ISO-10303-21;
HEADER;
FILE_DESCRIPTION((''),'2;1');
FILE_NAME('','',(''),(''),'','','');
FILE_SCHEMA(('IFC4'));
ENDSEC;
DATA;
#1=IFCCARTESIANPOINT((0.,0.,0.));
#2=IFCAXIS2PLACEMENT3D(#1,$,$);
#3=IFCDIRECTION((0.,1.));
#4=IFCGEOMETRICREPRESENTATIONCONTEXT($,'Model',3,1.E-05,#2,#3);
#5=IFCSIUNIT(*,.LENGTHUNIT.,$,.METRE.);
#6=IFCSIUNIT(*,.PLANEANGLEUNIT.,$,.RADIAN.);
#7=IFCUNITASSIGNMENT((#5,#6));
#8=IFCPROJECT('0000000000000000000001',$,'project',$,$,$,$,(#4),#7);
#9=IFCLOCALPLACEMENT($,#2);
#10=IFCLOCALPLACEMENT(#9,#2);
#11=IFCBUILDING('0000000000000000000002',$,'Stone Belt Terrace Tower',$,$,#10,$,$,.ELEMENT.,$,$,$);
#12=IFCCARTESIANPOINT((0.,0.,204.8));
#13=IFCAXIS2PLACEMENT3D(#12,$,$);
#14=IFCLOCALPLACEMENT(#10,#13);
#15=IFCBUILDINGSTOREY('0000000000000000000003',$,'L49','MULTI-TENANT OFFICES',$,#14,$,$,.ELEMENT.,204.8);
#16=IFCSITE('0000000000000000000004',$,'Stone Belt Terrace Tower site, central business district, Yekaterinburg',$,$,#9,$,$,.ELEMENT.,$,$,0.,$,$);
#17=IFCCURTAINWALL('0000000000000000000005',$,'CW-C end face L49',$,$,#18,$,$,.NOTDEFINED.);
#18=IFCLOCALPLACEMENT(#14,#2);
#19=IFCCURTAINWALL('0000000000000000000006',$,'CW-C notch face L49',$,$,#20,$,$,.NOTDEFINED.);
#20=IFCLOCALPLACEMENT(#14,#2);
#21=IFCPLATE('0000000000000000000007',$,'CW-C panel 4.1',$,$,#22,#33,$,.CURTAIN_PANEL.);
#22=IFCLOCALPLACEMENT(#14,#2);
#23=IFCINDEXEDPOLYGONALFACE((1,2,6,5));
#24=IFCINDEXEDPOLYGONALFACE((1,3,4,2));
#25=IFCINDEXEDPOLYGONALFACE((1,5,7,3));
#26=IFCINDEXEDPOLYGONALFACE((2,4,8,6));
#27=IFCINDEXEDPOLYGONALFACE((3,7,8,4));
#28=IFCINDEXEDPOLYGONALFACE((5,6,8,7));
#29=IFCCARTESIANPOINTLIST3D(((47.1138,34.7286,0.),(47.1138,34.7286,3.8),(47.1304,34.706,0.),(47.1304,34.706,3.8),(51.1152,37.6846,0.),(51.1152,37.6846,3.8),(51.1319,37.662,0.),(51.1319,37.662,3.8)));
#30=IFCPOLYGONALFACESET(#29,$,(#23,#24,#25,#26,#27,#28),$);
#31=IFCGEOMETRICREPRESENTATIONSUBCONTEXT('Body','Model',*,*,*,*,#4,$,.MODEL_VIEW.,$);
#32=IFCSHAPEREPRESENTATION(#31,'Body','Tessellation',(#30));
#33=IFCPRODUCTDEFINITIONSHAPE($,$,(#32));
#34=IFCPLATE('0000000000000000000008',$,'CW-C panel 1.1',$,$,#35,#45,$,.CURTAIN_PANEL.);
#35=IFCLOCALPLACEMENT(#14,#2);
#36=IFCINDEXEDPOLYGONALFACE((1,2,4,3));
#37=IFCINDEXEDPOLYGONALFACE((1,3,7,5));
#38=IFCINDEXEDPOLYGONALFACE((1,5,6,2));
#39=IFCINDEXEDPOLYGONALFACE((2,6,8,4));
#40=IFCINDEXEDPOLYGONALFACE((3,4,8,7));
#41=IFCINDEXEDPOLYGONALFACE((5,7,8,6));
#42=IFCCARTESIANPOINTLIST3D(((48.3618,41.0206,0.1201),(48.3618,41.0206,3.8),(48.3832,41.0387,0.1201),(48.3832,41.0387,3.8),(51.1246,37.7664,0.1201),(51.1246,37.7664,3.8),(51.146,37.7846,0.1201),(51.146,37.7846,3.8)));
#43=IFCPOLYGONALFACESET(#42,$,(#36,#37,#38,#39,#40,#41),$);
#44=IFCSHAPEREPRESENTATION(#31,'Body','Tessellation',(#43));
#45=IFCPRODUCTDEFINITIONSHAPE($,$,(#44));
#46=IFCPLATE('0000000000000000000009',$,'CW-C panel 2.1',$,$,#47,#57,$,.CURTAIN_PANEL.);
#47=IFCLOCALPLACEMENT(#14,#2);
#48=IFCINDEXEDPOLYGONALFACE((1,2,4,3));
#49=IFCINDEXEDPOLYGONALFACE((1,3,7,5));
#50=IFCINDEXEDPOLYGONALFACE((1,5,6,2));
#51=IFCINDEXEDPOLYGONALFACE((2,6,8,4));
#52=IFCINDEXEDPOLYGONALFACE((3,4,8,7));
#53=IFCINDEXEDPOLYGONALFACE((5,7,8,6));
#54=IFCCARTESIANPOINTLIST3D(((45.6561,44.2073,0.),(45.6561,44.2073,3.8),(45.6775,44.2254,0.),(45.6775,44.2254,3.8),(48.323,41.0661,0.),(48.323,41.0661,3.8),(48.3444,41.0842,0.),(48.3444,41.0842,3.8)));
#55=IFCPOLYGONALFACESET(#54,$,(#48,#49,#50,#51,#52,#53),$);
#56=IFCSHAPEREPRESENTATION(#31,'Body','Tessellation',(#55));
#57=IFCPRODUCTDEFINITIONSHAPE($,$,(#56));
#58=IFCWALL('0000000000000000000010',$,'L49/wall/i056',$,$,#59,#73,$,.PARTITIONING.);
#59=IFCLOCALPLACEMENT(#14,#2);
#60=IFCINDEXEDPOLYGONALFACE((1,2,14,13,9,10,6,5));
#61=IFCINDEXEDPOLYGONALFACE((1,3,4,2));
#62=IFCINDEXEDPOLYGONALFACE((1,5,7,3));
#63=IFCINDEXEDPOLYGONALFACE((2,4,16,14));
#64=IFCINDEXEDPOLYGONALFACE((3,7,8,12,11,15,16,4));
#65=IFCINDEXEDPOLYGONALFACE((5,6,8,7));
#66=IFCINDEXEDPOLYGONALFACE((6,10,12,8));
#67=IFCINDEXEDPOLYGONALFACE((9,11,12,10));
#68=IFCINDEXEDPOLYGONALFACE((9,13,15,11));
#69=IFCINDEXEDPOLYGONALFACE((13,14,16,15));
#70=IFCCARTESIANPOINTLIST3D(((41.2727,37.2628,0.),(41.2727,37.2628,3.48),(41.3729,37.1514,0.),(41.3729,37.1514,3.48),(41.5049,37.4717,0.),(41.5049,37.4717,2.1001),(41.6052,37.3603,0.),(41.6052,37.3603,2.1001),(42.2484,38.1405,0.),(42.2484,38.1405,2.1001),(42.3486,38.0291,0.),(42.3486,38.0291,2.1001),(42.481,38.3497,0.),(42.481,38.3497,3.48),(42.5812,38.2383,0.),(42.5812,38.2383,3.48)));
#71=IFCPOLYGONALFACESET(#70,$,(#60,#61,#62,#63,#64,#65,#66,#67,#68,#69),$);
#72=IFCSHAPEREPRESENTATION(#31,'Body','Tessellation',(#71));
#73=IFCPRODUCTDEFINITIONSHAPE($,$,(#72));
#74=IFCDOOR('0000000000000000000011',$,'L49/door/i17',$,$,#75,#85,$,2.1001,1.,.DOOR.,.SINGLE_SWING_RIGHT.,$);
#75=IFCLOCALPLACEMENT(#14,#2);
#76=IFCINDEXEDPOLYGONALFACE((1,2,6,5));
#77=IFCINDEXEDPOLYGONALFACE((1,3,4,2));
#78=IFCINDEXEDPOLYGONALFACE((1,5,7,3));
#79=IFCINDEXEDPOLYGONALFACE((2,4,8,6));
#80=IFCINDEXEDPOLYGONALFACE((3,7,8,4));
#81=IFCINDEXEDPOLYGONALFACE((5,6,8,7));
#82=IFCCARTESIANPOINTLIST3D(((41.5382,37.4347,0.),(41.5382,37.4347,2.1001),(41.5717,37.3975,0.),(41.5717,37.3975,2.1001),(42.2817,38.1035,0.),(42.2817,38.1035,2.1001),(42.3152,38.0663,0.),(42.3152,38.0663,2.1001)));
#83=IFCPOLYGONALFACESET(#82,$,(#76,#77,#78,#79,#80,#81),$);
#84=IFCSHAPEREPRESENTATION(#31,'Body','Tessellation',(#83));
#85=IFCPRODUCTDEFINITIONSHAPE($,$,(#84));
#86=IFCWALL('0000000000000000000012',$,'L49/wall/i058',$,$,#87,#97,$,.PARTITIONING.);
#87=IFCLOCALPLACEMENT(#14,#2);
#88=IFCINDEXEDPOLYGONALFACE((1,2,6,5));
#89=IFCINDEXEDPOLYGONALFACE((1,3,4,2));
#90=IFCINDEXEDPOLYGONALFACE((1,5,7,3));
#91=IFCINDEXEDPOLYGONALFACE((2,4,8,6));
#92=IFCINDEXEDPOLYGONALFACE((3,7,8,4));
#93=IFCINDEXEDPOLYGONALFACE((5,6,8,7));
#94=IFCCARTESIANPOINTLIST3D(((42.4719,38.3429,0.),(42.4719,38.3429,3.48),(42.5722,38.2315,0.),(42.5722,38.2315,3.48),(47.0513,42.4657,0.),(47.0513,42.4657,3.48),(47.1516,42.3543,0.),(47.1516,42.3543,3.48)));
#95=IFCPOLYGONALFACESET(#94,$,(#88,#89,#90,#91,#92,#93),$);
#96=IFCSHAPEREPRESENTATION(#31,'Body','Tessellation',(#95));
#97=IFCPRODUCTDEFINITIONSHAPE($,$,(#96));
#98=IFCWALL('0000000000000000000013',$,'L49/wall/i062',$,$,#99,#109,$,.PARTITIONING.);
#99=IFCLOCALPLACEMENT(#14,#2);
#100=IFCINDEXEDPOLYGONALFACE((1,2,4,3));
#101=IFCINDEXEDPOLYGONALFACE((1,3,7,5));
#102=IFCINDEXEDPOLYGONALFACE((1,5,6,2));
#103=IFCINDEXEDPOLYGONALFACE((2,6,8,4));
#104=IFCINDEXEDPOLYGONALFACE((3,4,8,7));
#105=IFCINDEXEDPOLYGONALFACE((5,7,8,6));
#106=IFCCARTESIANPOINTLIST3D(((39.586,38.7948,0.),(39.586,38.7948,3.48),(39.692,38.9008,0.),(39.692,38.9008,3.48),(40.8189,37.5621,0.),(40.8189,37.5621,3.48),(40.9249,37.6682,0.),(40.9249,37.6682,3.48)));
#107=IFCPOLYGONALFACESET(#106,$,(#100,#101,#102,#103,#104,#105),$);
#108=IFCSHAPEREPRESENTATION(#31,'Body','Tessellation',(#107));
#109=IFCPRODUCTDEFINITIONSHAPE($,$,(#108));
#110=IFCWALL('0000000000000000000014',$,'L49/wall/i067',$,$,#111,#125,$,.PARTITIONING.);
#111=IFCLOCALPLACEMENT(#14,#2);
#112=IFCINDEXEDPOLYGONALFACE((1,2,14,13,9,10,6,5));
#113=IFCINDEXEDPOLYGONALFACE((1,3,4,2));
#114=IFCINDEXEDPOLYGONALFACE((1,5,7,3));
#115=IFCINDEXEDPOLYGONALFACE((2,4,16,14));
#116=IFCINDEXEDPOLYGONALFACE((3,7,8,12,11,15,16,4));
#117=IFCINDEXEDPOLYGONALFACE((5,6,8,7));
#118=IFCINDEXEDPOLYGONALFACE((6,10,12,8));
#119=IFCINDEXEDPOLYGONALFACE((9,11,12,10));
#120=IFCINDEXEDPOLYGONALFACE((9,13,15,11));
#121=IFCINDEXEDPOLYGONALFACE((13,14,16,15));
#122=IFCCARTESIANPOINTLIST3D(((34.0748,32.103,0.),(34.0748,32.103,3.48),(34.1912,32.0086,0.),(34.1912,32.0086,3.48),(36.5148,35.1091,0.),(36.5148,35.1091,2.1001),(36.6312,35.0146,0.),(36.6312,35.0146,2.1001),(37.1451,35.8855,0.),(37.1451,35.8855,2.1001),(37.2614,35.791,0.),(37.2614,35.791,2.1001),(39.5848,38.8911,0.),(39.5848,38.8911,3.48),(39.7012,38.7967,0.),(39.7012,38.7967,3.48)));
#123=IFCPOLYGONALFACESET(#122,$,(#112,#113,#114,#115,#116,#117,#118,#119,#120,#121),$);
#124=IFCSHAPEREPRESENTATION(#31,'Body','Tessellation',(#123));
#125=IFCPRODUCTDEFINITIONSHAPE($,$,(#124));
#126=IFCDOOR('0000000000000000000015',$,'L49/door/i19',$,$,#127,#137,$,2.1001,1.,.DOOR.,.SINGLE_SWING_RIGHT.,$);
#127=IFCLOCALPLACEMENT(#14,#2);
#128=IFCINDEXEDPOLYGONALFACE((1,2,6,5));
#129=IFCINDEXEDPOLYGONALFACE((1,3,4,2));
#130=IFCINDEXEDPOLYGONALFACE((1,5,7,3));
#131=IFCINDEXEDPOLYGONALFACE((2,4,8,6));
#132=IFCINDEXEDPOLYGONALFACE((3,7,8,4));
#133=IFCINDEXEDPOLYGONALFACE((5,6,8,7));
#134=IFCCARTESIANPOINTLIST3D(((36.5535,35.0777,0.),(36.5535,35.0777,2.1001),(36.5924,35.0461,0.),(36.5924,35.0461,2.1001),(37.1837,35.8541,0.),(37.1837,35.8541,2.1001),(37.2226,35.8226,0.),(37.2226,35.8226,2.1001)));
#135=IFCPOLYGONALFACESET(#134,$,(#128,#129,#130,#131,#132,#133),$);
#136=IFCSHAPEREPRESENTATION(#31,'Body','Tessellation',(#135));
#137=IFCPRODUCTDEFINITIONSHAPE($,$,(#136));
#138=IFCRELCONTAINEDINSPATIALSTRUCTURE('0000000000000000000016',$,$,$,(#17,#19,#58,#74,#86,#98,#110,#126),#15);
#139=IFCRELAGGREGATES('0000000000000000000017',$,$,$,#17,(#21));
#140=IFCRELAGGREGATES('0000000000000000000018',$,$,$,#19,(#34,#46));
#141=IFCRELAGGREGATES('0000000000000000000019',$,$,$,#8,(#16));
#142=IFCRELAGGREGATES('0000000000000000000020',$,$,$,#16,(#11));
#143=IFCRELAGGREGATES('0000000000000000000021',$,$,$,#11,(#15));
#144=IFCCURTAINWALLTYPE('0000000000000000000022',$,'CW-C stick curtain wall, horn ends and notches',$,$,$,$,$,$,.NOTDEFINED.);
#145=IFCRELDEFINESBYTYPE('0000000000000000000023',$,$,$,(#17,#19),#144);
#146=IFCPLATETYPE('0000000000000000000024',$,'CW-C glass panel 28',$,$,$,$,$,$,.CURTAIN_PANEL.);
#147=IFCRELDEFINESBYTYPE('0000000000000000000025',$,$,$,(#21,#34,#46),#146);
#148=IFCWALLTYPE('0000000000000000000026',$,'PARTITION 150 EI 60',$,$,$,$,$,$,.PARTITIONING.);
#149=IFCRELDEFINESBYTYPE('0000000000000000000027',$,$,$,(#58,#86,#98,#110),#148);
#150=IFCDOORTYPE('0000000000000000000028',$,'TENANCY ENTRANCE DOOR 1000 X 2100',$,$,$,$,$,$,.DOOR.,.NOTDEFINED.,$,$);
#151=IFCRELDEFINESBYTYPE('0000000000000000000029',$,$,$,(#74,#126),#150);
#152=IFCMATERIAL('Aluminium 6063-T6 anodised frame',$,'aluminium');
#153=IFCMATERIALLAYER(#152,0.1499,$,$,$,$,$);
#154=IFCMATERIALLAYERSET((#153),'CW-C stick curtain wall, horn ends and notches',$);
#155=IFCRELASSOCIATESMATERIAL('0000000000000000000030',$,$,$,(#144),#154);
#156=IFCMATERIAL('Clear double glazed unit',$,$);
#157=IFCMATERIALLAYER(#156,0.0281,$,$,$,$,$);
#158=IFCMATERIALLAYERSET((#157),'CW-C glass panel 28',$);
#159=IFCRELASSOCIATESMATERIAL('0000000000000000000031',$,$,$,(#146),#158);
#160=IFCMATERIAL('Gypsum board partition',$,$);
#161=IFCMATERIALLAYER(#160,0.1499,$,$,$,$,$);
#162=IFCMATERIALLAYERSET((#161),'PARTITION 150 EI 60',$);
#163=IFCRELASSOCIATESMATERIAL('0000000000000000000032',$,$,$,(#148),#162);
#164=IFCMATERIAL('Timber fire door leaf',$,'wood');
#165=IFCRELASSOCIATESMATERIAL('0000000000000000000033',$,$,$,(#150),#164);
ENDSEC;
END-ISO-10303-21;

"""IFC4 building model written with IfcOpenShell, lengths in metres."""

from ifc_helpers import new_model, si_unit, direction, frame, frame_2d, origin, origin_2d, place, context, subcontext, project, spatial, rectangle, extrude, material, layer, layer_set, type_object, element, fill, aggregate, save


model = new_model("IFC4")

# Units and contexts
model_context = context("Model", 3, precision=1e-05, world=origin(), true_north=direction((0.0, 1.0)))
body_context = subcontext(model_context, "Body", "Model", "MODEL_VIEW")
ifc_project = project(units=[si_unit("LENGTHUNIT", "METRE"), si_unit("PLANEANGLEUNIT", "RADIAN")], contexts=[model_context])

# Site, building, storey
site_placement = place(None, origin())
site = spatial("IfcSite", under=ifc_project, at=site_placement, Name="Stone Belt Terrace Tower site, central business district, Yekaterinburg", CompositionType="ELEMENT", RefElevation=0.0)
building_placement = place(site_placement, origin())
building = spatial("IfcBuilding", under=site, at=building_placement, Name="Stone Belt Terrace Tower", CompositionType="ELEMENT")
storey_placement = place(building_placement, frame((0.0, 0.0, 204.8)))
storey = spatial("IfcBuildingStorey", under=building, at=storey_placement, Name="L49", Description="MULTI-TENANT OFFICES", CompositionType="ELEMENT", Elevation=204.8)

# Curtain walls
ifc_material_1 = material(Name="Aluminium 6063-T6 anodised frame", Category="aluminium")
ifc_layer_1 = layer(ifc_material_1, 0.1499)
ifc_layer_set_1 = layer_set([ifc_layer_1], Name="CW-C stick curtain wall, horn ends and notches")
curtain_wall_type = type_object("IfcCurtainWallType", Name="CW-C stick curtain wall, horn ends and notches", PredefinedType="NOTDEFINED", material=ifc_layer_set_1)
curtain_wall_1_placement = place(storey_placement, origin())
curtain_wall_1 = element("IfcCurtainWall", 1, at=curtain_wall_1_placement, inside=storey, type_object=curtain_wall_type, Name="CW-C end face L49", PredefinedType="NOTDEFINED")
curtain_wall_2_placement = place(storey_placement, origin())
curtain_wall_2 = element("IfcCurtainWall", 2, at=curtain_wall_2_placement, inside=storey, type_object=curtain_wall_type, Name="CW-C notch face L49", PredefinedType="NOTDEFINED")

# Plates
ifc_material_2 = material(Name="Clear double glazed unit")
ifc_layer_2 = layer(ifc_material_2, 0.0281)
ifc_layer_set_2 = layer_set([ifc_layer_2], Name="CW-C glass panel 28")
plate_type = type_object("IfcPlateType", Name="CW-C glass panel 28", PredefinedType="CURTAIN_PANEL", material=ifc_layer_set_2)
plate_1_placement = place(storey_placement, frame((49.1228, 36.1953, 0.0), z_axis=(0.0, 0.0, 1.0), x_axis=(0.804329, 0.594184, 0.0)))
plate_1 = element("IfcPlate", 3, at=plate_1_placement, type_object=plate_type, Name="CW-C panel 4.1", PredefinedType="CURTAIN_PANEL", context=body_context, shape_type="SweptSolid", body=[
    extrude(rectangle(XDim=4.9749, YDim=0.0281, at=origin_2d()), origin(), (0.0, 0.0, 1.0), 3.8),
])
aggregate(curtain_wall_1, [plate_1])
plate_2_placement = place(storey_placement, frame((49.7539, 39.4026, 0.1201), z_axis=(0.0, 0.0, 1.0), x_axis=(-0.647211, 0.762311, 0.0)))
plate_2 = element("IfcPlate", 4, at=plate_2_placement, type_object=plate_type, Name="CW-C panel 1.1", PredefinedType="CURTAIN_PANEL", context=body_context, shape_type="SweptSolid", body=[
    extrude(rectangle(XDim=4.2688, YDim=0.0281, at=origin_2d()), origin(), (0.0, 0.0, 1.0), 3.6799),
])
plate_3_placement = place(storey_placement, frame((47.0002, 42.6458, 0.0), z_axis=(0.0, 0.0, 1.0), x_axis=(-0.647211, 0.762311, 0.0)))
plate_3 = element("IfcPlate", 5, at=plate_3_placement, type_object=plate_type, Name="CW-C panel 2.1", PredefinedType="CURTAIN_PANEL", context=body_context, shape_type="SweptSolid", body=[
    extrude(rectangle(XDim=4.1206, YDim=0.0281, at=origin_2d()), origin(), (0.0, 0.0, 1.0), 3.8),
])
aggregate(curtain_wall_2, [plate_2, plate_3])

# Wall, opening, door
ifc_material_3 = material(Name="Gypsum board partition")
ifc_layer_3 = layer(ifc_material_3, 0.1499)
ifc_layer_set_3 = layer_set([ifc_layer_3], Name="PARTITION 150 EI 60")
wall_type = type_object("IfcWallType", Name="PARTITION 150 EI 60", PredefinedType="PARTITIONING", material=ifc_layer_set_3)
wall_1_placement = place(storey_placement, frame((42.531, 38.2939, 0.0), z_axis=(0.0, 0.0, 1.0), x_axis=(-0.743451, -0.66879, 0.0)))
wall_1 = element("IfcWall", 6, at=wall_1_placement, inside=storey, type_object=wall_type, Name="L49/wall/i056", PredefinedType="PARTITIONING", context=body_context, shape_type="SweptSolid", body=[
    extrude(rectangle(XDim=1.6252, YDim=0.1499, at=frame_2d((0.8125, 0.0))), origin(), (0.0, 0.0, 1.0), 3.48),
])
opening_1_placement = place(wall_1_placement, frame((0.3127, 0.0, 0.0)))
opening_1 = element("IfcOpeningElement", 7, at=opening_1_placement, cuts=wall_1, PredefinedType="OPENING", context=body_context, shape_type="SweptSolid", body=[
    extrude(rectangle(XDim=1.0, YDim=2.1001, at=frame_2d((0.5, 1.05))), frame((0.0, 0.085, 0.0), z_axis=(0.0, -1.0, 0.0), x_axis=(1.0, 0.0, 0.0)), (0.0, 0.0, 1.0), 0.1699),
])
ifc_material_4 = material(Name="Timber fire door leaf", Category="wood")
door_type = type_object("IfcDoorType", Name="TENANCY ENTRANCE DOOR 1000 X 2100", OperationType="NOTDEFINED", PredefinedType="DOOR", material=ifc_material_4)
door_1_placement = place(opening_1_placement, origin())
door_1 = element("IfcDoor", 8, at=door_1_placement, inside=storey, type_object=door_type, Name="L49/door/i17", OperationType="SINGLE_SWING_RIGHT", OverallHeight=2.1001, OverallWidth=1.0, PredefinedType="DOOR", context=body_context, shape_type="SweptSolid", body=[
    extrude(rectangle(XDim=1.0, YDim=2.1001, at=frame_2d((0.5, 1.05))), frame((0.0, 0.0249, 0.0), z_axis=(0.0, -1.0, 0.0), x_axis=(1.0, 0.0, 0.0)), (0.0, 0.0, 1.0), 0.05),
])
fill(opening_1, door_1)

# Walls
wall_2_placement = place(storey_placement, frame((42.522, 38.2871, 0.0), z_axis=(0.0, 0.0, 1.0), x_axis=(0.743182, 0.669089, 0.0)))
element("IfcWall", 9, at=wall_2_placement, inside=storey, type_object=wall_type, Name="L49/wall/i058", PredefinedType="PARTITIONING", context=body_context, shape_type="SweptSolid", body=[
    extrude(rectangle(XDim=6.1619, YDim=0.1499, at=frame_2d((3.0811, 0.0))), origin(), (0.0, 0.0, 1.0), 3.48),
])
wall_3_placement = place(storey_placement, frame((40.8718, 37.6152, 0.0), z_axis=(0.0, 0.0, 1.0), x_axis=(-0.707177, 0.707037, 0.0)))
element("IfcWall", 10, at=wall_3_placement, inside=storey, type_object=wall_type, Name="L49/wall/i062", PredefinedType="PARTITIONING", context=body_context, shape_type="SweptSolid", body=[
    extrude(rectangle(XDim=1.7434, YDim=0.1499, at=frame_2d((0.8716, 0.0))), origin(), (0.0, 0.0, 1.0), 3.48),
])

# Wall, opening, door
wall_4_placement = place(storey_placement, frame((39.6431, 38.844, 0.0), z_axis=(0.0, 0.0, 1.0), x_axis=(-0.630227, -0.776411, 0.0)))
wall_4 = element("IfcWall", 11, at=wall_4_placement, inside=storey, type_object=wall_type, Name="L49/wall/i067", PredefinedType="PARTITIONING", context=body_context, shape_type="SweptSolid", body=[
    extrude(rectangle(XDim=8.7429, YDim=0.1499, at=frame_2d((4.3716, 0.0))), origin(), (0.0, 0.0, 1.0), 3.48),
])
opening_2_placement = place(wall_4_placement, frame((3.8713, 0.0, 0.0)))
opening_2 = element("IfcOpeningElement", 12, at=opening_2_placement, cuts=wall_4, PredefinedType="OPENING", context=body_context, shape_type="SweptSolid", body=[
    extrude(rectangle(XDim=1.0, YDim=2.1001, at=frame_2d((0.5, 1.05))), frame((0.0, 0.085, 0.0), z_axis=(0.0, -1.0, 0.0), x_axis=(1.0, 0.0, 0.0)), (0.0, 0.0, 1.0), 0.1699),
])
door_2_placement = place(opening_2_placement, origin())
door_2 = element("IfcDoor", 13, at=door_2_placement, inside=storey, type_object=door_type, Name="L49/door/i19", OperationType="SINGLE_SWING_RIGHT", OverallHeight=2.1001, OverallWidth=1.0, PredefinedType="DOOR", context=body_context, shape_type="SweptSolid", body=[
    extrude(rectangle(XDim=1.0, YDim=2.1001, at=frame_2d((0.5, 1.05))), frame((0.0, 0.0249, 0.0), z_axis=(0.0, -1.0, 0.0), x_axis=(1.0, 0.0, 0.0)), (0.0, 0.0, 1.0), 0.05),
])
fill(opening_2, door_2)

save(model, "model.ifc")
